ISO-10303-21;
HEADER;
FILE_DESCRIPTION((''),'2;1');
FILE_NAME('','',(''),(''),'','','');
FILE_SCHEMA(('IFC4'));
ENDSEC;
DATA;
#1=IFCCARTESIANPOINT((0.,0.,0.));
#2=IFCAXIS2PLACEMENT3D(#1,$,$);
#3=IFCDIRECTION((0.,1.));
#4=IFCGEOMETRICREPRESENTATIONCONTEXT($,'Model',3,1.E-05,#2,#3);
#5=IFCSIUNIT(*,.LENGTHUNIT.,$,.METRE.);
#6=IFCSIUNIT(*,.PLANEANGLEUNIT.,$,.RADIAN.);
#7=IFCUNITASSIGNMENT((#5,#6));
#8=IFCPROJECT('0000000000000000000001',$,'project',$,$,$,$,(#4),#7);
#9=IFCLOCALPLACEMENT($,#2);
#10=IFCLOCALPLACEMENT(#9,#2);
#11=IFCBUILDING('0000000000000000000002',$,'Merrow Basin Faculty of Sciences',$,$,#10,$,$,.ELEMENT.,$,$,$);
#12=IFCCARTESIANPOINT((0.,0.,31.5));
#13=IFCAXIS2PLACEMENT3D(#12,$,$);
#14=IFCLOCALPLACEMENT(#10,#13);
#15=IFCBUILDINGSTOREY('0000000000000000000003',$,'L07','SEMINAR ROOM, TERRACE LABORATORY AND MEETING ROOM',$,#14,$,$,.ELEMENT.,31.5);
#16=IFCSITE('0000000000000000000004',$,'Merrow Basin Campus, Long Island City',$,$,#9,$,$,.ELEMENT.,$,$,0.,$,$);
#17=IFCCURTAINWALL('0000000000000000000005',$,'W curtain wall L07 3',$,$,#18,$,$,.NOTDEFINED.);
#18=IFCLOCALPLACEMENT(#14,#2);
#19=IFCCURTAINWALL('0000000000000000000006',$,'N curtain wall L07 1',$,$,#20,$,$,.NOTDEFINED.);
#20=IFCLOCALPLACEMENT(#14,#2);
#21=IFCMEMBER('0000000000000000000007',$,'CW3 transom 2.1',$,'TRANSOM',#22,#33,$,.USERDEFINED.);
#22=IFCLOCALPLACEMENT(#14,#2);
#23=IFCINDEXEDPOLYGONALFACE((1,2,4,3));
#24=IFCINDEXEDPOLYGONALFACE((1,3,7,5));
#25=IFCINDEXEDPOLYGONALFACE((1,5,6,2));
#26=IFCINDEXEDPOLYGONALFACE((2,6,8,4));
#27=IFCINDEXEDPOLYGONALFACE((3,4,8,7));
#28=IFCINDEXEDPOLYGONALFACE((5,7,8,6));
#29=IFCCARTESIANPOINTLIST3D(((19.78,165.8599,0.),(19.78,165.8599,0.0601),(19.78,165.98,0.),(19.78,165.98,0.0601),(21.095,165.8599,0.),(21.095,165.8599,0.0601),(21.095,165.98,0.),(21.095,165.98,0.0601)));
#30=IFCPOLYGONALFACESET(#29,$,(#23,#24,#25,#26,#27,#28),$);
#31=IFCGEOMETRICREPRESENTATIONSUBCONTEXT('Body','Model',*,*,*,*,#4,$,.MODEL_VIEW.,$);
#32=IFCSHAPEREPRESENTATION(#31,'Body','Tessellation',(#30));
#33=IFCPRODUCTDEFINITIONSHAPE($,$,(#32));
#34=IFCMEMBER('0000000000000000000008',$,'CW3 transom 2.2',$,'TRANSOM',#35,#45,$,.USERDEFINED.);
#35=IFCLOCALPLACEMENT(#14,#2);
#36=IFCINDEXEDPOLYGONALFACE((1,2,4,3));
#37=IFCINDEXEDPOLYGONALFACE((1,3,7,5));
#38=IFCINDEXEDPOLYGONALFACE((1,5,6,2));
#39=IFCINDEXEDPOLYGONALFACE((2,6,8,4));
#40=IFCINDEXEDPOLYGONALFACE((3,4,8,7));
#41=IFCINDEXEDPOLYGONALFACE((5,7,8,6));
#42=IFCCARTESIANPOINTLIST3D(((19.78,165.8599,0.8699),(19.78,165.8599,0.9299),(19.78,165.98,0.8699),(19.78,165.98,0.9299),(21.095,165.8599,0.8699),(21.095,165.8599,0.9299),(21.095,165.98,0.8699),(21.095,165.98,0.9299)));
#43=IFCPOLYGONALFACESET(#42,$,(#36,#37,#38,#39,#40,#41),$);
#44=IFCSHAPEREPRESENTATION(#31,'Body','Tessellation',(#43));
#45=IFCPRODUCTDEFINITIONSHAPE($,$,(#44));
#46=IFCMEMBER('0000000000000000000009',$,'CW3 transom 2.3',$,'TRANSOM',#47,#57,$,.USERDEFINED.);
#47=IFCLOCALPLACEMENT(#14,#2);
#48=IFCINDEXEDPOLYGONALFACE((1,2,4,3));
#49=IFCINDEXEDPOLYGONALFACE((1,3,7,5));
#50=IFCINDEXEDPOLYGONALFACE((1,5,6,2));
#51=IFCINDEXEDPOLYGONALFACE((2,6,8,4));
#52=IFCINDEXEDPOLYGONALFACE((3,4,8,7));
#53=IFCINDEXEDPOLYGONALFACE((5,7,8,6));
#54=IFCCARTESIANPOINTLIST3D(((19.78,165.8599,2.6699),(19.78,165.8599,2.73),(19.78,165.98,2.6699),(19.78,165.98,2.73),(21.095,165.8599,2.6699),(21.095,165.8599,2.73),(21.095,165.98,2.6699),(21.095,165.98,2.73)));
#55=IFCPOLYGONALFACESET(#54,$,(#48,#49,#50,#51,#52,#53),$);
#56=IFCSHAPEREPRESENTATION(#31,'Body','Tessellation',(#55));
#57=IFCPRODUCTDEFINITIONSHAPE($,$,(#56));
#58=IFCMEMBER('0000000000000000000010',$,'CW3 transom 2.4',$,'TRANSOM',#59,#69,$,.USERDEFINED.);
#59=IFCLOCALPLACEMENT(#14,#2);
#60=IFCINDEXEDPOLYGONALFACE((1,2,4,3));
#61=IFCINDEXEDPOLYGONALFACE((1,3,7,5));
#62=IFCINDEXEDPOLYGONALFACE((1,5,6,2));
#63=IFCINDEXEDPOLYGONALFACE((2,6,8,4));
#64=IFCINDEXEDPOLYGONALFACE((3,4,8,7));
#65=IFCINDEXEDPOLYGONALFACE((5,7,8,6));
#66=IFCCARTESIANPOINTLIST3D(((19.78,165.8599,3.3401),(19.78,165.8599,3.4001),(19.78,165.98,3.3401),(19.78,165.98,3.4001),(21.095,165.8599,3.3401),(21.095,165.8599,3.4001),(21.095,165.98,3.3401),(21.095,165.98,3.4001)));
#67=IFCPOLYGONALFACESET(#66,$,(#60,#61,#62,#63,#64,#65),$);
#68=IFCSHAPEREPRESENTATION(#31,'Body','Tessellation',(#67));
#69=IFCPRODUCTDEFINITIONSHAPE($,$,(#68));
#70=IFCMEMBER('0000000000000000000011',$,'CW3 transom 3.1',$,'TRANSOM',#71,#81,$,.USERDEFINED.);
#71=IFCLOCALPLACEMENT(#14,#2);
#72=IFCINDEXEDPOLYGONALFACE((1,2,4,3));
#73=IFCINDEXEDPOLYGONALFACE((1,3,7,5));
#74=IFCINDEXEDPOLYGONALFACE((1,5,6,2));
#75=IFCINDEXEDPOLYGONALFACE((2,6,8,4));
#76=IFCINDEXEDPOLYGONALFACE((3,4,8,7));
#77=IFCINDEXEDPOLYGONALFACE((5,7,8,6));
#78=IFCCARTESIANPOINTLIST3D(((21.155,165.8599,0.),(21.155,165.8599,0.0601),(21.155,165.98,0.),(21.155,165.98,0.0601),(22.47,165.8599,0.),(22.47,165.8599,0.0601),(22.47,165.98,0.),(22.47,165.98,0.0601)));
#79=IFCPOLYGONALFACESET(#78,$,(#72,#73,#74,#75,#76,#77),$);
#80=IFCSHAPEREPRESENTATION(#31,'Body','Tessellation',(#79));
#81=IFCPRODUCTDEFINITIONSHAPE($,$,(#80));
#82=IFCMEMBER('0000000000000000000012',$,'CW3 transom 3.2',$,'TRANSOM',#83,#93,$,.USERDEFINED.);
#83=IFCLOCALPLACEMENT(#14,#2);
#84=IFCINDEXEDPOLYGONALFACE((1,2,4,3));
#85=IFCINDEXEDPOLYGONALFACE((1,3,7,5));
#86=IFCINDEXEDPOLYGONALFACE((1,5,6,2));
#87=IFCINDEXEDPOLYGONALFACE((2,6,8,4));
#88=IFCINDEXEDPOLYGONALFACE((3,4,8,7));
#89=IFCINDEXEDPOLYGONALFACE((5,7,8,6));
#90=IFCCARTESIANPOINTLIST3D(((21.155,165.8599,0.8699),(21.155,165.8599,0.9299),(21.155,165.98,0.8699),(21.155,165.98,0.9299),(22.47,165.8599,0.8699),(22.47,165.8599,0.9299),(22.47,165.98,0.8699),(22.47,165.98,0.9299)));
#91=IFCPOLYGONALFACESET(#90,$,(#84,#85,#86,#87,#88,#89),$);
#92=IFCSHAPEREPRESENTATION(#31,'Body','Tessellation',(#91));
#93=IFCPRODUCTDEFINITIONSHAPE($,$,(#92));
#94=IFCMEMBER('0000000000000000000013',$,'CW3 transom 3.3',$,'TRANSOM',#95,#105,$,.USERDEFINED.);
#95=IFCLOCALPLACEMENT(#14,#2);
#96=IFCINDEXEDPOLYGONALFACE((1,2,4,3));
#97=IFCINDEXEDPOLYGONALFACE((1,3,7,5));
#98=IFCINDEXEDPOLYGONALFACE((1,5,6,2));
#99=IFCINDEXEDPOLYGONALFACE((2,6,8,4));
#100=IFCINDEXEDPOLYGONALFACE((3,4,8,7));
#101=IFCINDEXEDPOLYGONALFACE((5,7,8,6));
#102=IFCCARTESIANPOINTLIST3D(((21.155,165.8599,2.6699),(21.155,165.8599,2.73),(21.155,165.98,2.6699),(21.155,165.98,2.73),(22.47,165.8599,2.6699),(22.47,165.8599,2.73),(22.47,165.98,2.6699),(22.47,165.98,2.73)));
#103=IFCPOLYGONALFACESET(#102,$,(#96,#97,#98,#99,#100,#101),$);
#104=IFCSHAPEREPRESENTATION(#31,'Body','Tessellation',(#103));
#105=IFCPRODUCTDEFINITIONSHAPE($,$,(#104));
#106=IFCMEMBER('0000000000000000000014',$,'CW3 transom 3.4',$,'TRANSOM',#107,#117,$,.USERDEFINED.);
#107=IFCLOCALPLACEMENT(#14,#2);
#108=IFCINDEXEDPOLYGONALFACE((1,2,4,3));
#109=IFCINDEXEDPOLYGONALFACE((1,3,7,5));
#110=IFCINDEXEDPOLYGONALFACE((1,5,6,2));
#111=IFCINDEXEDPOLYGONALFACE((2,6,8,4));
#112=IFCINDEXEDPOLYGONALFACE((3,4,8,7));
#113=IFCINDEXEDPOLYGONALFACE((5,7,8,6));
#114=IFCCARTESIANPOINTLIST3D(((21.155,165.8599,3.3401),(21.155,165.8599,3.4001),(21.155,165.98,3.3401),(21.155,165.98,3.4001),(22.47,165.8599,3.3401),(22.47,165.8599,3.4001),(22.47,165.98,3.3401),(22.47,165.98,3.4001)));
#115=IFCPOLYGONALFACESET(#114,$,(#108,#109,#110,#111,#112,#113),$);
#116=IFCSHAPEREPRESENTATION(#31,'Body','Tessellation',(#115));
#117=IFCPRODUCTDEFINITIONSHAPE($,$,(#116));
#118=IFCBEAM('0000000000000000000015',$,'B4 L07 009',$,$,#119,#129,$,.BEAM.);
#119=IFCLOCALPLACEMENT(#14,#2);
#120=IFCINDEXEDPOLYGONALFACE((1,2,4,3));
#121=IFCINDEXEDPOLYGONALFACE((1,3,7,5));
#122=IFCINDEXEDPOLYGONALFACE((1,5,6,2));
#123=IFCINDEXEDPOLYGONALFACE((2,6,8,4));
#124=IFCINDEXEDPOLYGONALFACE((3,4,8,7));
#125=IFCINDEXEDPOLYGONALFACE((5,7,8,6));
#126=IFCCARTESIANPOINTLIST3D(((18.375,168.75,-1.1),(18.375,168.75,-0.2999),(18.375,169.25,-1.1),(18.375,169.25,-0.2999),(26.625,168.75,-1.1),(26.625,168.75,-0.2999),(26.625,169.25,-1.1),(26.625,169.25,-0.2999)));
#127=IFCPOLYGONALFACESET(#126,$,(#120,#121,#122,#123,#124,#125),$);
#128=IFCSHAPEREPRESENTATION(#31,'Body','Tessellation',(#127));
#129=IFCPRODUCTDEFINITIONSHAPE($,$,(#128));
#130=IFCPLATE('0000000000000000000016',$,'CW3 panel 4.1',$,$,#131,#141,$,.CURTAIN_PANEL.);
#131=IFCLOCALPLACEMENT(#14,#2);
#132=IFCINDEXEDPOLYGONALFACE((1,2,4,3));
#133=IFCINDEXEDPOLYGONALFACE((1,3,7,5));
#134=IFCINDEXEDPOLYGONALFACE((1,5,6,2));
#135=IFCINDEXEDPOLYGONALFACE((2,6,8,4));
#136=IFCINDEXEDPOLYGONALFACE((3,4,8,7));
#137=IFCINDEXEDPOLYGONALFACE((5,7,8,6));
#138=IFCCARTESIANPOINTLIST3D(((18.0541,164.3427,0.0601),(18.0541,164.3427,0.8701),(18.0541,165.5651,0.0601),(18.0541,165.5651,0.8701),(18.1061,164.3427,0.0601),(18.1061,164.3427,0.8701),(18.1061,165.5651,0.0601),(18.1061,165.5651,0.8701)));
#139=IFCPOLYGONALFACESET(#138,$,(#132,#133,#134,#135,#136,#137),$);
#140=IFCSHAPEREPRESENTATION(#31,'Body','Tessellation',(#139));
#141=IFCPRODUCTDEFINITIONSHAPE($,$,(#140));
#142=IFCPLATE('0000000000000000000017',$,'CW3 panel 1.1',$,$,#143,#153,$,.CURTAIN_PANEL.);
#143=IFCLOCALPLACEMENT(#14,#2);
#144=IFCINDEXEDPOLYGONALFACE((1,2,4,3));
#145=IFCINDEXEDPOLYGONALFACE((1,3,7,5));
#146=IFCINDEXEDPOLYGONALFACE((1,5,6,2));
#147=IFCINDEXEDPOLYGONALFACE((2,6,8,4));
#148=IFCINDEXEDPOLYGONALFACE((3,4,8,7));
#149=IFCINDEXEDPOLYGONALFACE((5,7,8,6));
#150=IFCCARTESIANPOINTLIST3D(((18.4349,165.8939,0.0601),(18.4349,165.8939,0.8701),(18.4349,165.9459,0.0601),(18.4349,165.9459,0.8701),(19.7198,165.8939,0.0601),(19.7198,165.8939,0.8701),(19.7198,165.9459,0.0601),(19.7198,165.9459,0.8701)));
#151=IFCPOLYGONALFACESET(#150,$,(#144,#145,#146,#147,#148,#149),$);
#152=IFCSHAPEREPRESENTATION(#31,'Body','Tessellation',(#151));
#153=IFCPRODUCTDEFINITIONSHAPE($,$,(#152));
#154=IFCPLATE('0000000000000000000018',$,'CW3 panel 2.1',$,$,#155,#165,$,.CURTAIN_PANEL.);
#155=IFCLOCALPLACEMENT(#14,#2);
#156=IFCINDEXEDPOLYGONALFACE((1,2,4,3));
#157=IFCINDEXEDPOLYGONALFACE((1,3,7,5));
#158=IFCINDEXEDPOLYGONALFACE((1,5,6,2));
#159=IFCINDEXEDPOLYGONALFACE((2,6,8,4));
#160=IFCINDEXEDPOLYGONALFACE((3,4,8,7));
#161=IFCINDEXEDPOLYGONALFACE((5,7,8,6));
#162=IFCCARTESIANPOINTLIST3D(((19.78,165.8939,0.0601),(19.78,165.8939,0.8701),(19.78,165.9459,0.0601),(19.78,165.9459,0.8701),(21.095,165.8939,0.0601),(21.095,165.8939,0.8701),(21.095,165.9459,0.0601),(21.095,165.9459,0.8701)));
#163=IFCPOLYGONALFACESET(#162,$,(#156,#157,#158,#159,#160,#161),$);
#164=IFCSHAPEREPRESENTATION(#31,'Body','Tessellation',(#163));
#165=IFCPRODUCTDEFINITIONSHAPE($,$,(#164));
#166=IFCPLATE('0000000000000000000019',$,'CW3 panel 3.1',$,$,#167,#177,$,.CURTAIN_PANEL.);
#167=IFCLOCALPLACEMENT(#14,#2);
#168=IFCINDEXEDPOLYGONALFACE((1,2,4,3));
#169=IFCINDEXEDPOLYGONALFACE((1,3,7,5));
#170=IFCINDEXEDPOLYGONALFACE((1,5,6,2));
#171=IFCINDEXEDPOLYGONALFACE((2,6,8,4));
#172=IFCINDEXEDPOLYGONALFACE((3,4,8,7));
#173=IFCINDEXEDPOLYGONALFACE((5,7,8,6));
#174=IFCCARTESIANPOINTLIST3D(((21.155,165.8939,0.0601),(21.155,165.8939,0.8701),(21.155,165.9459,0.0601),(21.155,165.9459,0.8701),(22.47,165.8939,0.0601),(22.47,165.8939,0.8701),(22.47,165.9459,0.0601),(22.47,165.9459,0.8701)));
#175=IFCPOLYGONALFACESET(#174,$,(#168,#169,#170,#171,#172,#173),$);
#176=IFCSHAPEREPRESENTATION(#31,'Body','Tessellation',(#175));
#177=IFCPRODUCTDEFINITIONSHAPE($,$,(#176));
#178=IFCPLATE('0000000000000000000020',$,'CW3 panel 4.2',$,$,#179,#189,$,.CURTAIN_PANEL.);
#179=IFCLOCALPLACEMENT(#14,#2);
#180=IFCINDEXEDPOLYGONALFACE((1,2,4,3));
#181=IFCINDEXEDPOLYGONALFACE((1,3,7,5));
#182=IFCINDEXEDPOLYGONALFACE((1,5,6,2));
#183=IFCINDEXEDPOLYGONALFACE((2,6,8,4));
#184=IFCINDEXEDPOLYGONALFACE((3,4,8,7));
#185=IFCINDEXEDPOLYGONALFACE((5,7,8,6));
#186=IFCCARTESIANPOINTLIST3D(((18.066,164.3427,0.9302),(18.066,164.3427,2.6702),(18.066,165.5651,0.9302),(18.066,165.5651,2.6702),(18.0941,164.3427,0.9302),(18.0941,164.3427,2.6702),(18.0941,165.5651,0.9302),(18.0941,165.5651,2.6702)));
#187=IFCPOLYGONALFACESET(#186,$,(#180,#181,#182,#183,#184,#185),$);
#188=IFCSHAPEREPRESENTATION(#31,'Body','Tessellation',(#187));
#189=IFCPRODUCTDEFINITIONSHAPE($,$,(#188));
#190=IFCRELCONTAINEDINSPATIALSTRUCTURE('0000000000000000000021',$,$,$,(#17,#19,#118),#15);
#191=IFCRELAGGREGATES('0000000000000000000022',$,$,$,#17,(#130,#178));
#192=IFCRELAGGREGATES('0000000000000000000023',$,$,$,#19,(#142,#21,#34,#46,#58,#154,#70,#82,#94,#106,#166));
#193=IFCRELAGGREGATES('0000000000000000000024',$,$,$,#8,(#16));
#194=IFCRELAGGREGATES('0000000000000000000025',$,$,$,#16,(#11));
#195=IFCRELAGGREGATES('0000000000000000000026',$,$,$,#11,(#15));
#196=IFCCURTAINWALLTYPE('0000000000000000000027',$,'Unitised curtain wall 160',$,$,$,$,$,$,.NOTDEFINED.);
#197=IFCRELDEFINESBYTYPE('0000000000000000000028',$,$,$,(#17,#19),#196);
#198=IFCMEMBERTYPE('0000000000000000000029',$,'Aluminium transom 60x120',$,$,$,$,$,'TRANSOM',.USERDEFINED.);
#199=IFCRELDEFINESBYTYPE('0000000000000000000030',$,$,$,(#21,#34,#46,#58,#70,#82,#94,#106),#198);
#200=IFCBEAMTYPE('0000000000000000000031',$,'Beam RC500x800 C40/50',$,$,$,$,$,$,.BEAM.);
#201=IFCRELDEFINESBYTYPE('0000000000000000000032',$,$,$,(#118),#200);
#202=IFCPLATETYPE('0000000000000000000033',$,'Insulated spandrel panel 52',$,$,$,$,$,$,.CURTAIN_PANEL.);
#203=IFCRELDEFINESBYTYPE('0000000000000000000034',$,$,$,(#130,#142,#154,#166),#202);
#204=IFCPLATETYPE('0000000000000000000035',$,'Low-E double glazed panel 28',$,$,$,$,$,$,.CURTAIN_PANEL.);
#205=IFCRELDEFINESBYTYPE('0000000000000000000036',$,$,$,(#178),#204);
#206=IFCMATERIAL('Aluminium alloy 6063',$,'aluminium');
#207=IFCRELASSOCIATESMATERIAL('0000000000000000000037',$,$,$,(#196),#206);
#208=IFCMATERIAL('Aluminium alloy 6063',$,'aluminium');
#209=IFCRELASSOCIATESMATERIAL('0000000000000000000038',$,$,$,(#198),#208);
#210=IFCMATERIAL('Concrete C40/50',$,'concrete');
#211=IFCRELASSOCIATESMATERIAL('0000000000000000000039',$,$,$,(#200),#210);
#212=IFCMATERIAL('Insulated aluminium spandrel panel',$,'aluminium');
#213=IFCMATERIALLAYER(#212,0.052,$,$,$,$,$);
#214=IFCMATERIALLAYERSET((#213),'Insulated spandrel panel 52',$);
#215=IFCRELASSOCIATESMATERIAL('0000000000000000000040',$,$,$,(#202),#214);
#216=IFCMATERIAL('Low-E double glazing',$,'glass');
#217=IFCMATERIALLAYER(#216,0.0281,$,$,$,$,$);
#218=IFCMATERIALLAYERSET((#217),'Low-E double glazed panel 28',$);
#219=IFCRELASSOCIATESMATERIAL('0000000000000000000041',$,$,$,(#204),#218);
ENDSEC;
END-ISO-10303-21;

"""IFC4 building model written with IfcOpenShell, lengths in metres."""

from ifc_helpers import new_model, si_unit, direction, frame, origin, origin_2d, place, context, subcontext, project, spatial, rectangle, extrude, material, layer, layer_set, material_profile, profile_set, type_object, element, aggregate, save


model = new_model("IFC4")

# Units and contexts
model_context = context("Model", 3, precision=1e-05, world=origin(), true_north=direction((0.0, 1.0)))
body_context = subcontext(model_context, "Body", "Model", "MODEL_VIEW")
ifc_project = project(units=[si_unit("LENGTHUNIT", "METRE"), si_unit("PLANEANGLEUNIT", "RADIAN")], contexts=[model_context])

# Site, building, storey
site_placement = place(None, origin())
site = spatial("IfcSite", under=ifc_project, at=site_placement, Name="Merrow Basin Campus, Long Island City", CompositionType="ELEMENT", RefElevation=0.0)
building_placement = place(site_placement, origin())
building = spatial("IfcBuilding", under=site, at=building_placement, Name="Merrow Basin Faculty of Sciences", CompositionType="ELEMENT")
storey_placement = place(building_placement, frame((0.0, 0.0, 31.5)))
storey = spatial("IfcBuildingStorey", under=building, at=storey_placement, Name="L07", Description="SEMINAR ROOM, TERRACE LABORATORY AND MEETING ROOM", CompositionType="ELEMENT", Elevation=31.5)

# Curtain walls
ifc_material_1 = material(Name="Aluminium alloy 6063", Category="aluminium")
curtain_wall_type = type_object("IfcCurtainWallType", Name="Unitised curtain wall 160", PredefinedType="NOTDEFINED", material=ifc_material_1)
curtain_wall_1_placement = place(storey_placement, origin())
curtain_wall_1 = element("IfcCurtainWall", 1, at=curtain_wall_1_placement, inside=storey, type_object=curtain_wall_type, Name="W curtain wall L07 3", PredefinedType="NOTDEFINED")
curtain_wall_2_placement = place(storey_placement, origin())
curtain_wall_2 = element("IfcCurtainWall", 2, at=curtain_wall_2_placement, inside=storey, type_object=curtain_wall_type, Name="N curtain wall L07 1", PredefinedType="NOTDEFINED")

# Members
ifc_material_2 = material(Name="Aluminium alloy 6063", Category="aluminium")
ifc_material_profile_1 = material_profile(ifc_material_2, rectangle(XDim=0.1201, YDim=0.0601, at=origin_2d()))
ifc_profile_set_1 = profile_set([ifc_material_profile_1], Name="Aluminium alloy 6063")
member_type_1 = type_object("IfcMemberType", Name="Aluminium transom 60x120", ElementType="TRANSOM", PredefinedType="USERDEFINED", material=ifc_profile_set_1)
member_1_placement = place(storey_placement, frame((19.78, 165.9199, 0.03), z_axis=(1.0, 0.0, 0.0), x_axis=(0.0, 1.0, 0.0)))
member_1 = element("IfcMember", 3, at=member_1_placement, type_object=member_type_1, Name="CW3 transom 2.1", ObjectType="TRANSOM", PredefinedType="USERDEFINED", context=body_context, shape_type="SweptSolid", body=[
    extrude(rectangle(XDim=0.1201, YDim=0.0601, at=origin_2d()), origin(), (0.0, 0.0, 1.0), 1.3149),
])
member_2_placement = place(storey_placement, frame((19.78, 165.9199, 0.8999), z_axis=(1.0, 0.0, 0.0), x_axis=(0.0, 1.0, 0.0)))
member_2 = element("IfcMember", 4, at=member_2_placement, type_object=member_type_1, Name="CW3 transom 2.2", ObjectType="TRANSOM", PredefinedType="USERDEFINED", context=body_context, shape_type="SweptSolid", body=[
    extrude(rectangle(XDim=0.1201, YDim=0.0601, at=origin_2d()), origin(), (0.0, 0.0, 1.0), 1.3149),
])
member_3_placement = place(storey_placement, frame((19.78, 165.9199, 2.7), z_axis=(1.0, 0.0, 0.0), x_axis=(0.0, 1.0, 0.0)))
member_3 = element("IfcMember", 5, at=member_3_placement, type_object=member_type_1, Name="CW3 transom 2.3", ObjectType="TRANSOM", PredefinedType="USERDEFINED", context=body_context, shape_type="SweptSolid", body=[
    extrude(rectangle(XDim=0.1201, YDim=0.0601, at=origin_2d()), origin(), (0.0, 0.0, 1.0), 1.3149),
])
member_4_placement = place(storey_placement, frame((19.78, 165.9199, 3.3701), z_axis=(1.0, 0.0, 0.0), x_axis=(0.0, 1.0, 0.0)))
member_4 = element("IfcMember", 6, at=member_4_placement, type_object=member_type_1, Name="CW3 transom 2.4", ObjectType="TRANSOM", PredefinedType="USERDEFINED", context=body_context, shape_type="SweptSolid", body=[
    extrude(rectangle(XDim=0.1201, YDim=0.0601, at=origin_2d()), origin(), (0.0, 0.0, 1.0), 1.3149),
])
member_5_placement = place(storey_placement, frame((21.155, 165.9199, 0.03), z_axis=(1.0, 0.0, 0.0), x_axis=(0.0, 1.0, 0.0)))
member_5 = element("IfcMember", 7, at=member_5_placement, type_object=member_type_1, Name="CW3 transom 3.1", ObjectType="TRANSOM", PredefinedType="USERDEFINED", context=body_context, shape_type="SweptSolid", body=[
    extrude(rectangle(XDim=0.1201, YDim=0.0601, at=origin_2d()), origin(), (0.0, 0.0, 1.0), 1.3149),
])
member_6_placement = place(storey_placement, frame((21.155, 165.9199, 0.8999), z_axis=(1.0, 0.0, 0.0), x_axis=(0.0, 1.0, 0.0)))
member_6 = element("IfcMember", 8, at=member_6_placement, type_object=member_type_1, Name="CW3 transom 3.2", ObjectType="TRANSOM", PredefinedType="USERDEFINED", context=body_context, shape_type="SweptSolid", body=[
    extrude(rectangle(XDim=0.1201, YDim=0.0601, at=origin_2d()), origin(), (0.0, 0.0, 1.0), 1.3149),
])
member_7_placement = place(storey_placement, frame((21.155, 165.9199, 2.7), z_axis=(1.0, 0.0, 0.0), x_axis=(0.0, 1.0, 0.0)))
member_7 = element("IfcMember", 9, at=member_7_placement, type_object=member_type_1, Name="CW3 transom 3.3", ObjectType="TRANSOM", PredefinedType="USERDEFINED", context=body_context, shape_type="SweptSolid", body=[
    extrude(rectangle(XDim=0.1201, YDim=0.0601, at=origin_2d()), origin(), (0.0, 0.0, 1.0), 1.3149),
])
member_8_placement = place(storey_placement, frame((21.155, 165.9199, 3.3701), z_axis=(1.0, 0.0, 0.0), x_axis=(0.0, 1.0, 0.0)))
member_8 = element("IfcMember", 10, at=member_8_placement, type_object=member_type_1, Name="CW3 transom 3.4", ObjectType="TRANSOM", PredefinedType="USERDEFINED", context=body_context, shape_type="SweptSolid", body=[
    extrude(rectangle(XDim=0.1201, YDim=0.0601, at=origin_2d()), origin(), (0.0, 0.0, 1.0), 1.3149),
])

# Beam
ifc_material_3 = material(Name="Concrete C40/50", Category="concrete")
ifc_material_profile_2 = material_profile(ifc_material_3, rectangle(XDim=0.5, YDim=0.8, at=origin_2d()))
ifc_profile_set_2 = profile_set([ifc_material_profile_2], Name="Concrete C40/50")
beam_type = type_object("IfcBeamType", Name="Beam RC500x800 C40/50", PredefinedType="BEAM", material=ifc_profile_set_2)
beam_placement = place(storey_placement, frame((18.375, 169.0, -0.7), z_axis=(1.0, 0.0, 0.0), x_axis=(0.0, 1.0, 0.0)))
element("IfcBeam", 11, at=beam_placement, inside=storey, type_object=beam_type, Name="B4 L07 009", PredefinedType="BEAM", context=body_context, shape_type="SweptSolid", body=[
    extrude(rectangle(XDim=0.5, YDim=0.8, at=origin_2d()), origin(), (0.0, 0.0, 1.0), 8.25),
])

# Plates
ifc_material_4 = material(Name="Insulated aluminium spandrel panel", Category="aluminium")
ifc_layer_1 = layer(ifc_material_4, 0.052)
ifc_layer_set_1 = layer_set([ifc_layer_1], Name="Insulated spandrel panel 52")
plate_type_1 = type_object("IfcPlateType", Name="Insulated spandrel panel 52", PredefinedType="CURTAIN_PANEL", material=ifc_layer_set_1)
plate_1_placement = place(storey_placement, frame((18.0801, 164.9539, 0.0601), z_axis=(0.0, 0.0, 1.0), x_axis=(0.0, 1.0, 0.0)))
plate_1 = element("IfcPlate", 12, at=plate_1_placement, type_object=plate_type_1, Name="CW3 panel 4.1", PredefinedType="CURTAIN_PANEL", context=body_context, shape_type="SweptSolid", body=[
    extrude(rectangle(XDim=1.2224, YDim=0.052, at=origin_2d()), origin(), (0.0, 0.0, 1.0), 0.8101),
])
plate_2_placement = place(storey_placement, frame((19.0774, 165.9199, 0.0601), z_axis=(0.0, 0.0, 1.0), x_axis=(1.0, 0.0, 0.0)))
plate_2 = element("IfcPlate", 13, at=plate_2_placement, type_object=plate_type_1, Name="CW3 panel 1.1", PredefinedType="CURTAIN_PANEL", context=body_context, shape_type="SweptSolid", body=[
    extrude(rectangle(XDim=1.2849, YDim=0.052, at=origin_2d()), origin(), (0.0, 0.0, 1.0), 0.8101),
])
plate_3_placement = place(storey_placement, frame((20.4375, 165.9199, 0.0601), z_axis=(0.0, 0.0, 1.0), x_axis=(1.0, 0.0, 0.0)))
plate_3 = element("IfcPlate", 14, at=plate_3_placement, type_object=plate_type_1, Name="CW3 panel 2.1", PredefinedType="CURTAIN_PANEL", context=body_context, shape_type="SweptSolid", body=[
    extrude(rectangle(XDim=1.3149, YDim=0.052, at=origin_2d()), origin(), (0.0, 0.0, 1.0), 0.8101),
])
plate_4_placement = place(storey_placement, frame((21.8125, 165.9199, 0.0601), z_axis=(0.0, 0.0, 1.0), x_axis=(1.0, 0.0, 0.0)))
plate_4 = element("IfcPlate", 15, at=plate_4_placement, type_object=plate_type_1, Name="CW3 panel 3.1", PredefinedType="CURTAIN_PANEL", context=body_context, shape_type="SweptSolid", body=[
    extrude(rectangle(XDim=1.3149, YDim=0.052, at=origin_2d()), origin(), (0.0, 0.0, 1.0), 0.8101),
])
ifc_material_5 = material(Name="Low-E double glazing", Category="glass")
ifc_layer_2 = layer(ifc_material_5, 0.0281)
ifc_layer_set_2 = layer_set([ifc_layer_2], Name="Low-E double glazed panel 28")
plate_type_2 = type_object("IfcPlateType", Name="Low-E double glazed panel 28", PredefinedType="CURTAIN_PANEL", material=ifc_layer_set_2)
plate_5_placement = place(storey_placement, frame((18.0801, 164.9539, 0.9302), z_axis=(0.0, 0.0, 1.0), x_axis=(0.0, 1.0, 0.0)))
plate_5 = element("IfcPlate", 16, at=plate_5_placement, type_object=plate_type_2, Name="CW3 panel 4.2", PredefinedType="CURTAIN_PANEL", context=body_context, shape_type="SweptSolid", body=[
    extrude(rectangle(XDim=1.2224, YDim=0.0281, at=origin_2d()), origin(), (0.0, 0.0, 1.0), 1.74),
])
aggregate(curtain_wall_1, [plate_1, plate_5])
aggregate(curtain_wall_2, [plate_2, member_1, member_2, member_3, member_4, plate_3, member_5, member_6, member_7, member_8, plate_4])

save(model, "model.ifc")
